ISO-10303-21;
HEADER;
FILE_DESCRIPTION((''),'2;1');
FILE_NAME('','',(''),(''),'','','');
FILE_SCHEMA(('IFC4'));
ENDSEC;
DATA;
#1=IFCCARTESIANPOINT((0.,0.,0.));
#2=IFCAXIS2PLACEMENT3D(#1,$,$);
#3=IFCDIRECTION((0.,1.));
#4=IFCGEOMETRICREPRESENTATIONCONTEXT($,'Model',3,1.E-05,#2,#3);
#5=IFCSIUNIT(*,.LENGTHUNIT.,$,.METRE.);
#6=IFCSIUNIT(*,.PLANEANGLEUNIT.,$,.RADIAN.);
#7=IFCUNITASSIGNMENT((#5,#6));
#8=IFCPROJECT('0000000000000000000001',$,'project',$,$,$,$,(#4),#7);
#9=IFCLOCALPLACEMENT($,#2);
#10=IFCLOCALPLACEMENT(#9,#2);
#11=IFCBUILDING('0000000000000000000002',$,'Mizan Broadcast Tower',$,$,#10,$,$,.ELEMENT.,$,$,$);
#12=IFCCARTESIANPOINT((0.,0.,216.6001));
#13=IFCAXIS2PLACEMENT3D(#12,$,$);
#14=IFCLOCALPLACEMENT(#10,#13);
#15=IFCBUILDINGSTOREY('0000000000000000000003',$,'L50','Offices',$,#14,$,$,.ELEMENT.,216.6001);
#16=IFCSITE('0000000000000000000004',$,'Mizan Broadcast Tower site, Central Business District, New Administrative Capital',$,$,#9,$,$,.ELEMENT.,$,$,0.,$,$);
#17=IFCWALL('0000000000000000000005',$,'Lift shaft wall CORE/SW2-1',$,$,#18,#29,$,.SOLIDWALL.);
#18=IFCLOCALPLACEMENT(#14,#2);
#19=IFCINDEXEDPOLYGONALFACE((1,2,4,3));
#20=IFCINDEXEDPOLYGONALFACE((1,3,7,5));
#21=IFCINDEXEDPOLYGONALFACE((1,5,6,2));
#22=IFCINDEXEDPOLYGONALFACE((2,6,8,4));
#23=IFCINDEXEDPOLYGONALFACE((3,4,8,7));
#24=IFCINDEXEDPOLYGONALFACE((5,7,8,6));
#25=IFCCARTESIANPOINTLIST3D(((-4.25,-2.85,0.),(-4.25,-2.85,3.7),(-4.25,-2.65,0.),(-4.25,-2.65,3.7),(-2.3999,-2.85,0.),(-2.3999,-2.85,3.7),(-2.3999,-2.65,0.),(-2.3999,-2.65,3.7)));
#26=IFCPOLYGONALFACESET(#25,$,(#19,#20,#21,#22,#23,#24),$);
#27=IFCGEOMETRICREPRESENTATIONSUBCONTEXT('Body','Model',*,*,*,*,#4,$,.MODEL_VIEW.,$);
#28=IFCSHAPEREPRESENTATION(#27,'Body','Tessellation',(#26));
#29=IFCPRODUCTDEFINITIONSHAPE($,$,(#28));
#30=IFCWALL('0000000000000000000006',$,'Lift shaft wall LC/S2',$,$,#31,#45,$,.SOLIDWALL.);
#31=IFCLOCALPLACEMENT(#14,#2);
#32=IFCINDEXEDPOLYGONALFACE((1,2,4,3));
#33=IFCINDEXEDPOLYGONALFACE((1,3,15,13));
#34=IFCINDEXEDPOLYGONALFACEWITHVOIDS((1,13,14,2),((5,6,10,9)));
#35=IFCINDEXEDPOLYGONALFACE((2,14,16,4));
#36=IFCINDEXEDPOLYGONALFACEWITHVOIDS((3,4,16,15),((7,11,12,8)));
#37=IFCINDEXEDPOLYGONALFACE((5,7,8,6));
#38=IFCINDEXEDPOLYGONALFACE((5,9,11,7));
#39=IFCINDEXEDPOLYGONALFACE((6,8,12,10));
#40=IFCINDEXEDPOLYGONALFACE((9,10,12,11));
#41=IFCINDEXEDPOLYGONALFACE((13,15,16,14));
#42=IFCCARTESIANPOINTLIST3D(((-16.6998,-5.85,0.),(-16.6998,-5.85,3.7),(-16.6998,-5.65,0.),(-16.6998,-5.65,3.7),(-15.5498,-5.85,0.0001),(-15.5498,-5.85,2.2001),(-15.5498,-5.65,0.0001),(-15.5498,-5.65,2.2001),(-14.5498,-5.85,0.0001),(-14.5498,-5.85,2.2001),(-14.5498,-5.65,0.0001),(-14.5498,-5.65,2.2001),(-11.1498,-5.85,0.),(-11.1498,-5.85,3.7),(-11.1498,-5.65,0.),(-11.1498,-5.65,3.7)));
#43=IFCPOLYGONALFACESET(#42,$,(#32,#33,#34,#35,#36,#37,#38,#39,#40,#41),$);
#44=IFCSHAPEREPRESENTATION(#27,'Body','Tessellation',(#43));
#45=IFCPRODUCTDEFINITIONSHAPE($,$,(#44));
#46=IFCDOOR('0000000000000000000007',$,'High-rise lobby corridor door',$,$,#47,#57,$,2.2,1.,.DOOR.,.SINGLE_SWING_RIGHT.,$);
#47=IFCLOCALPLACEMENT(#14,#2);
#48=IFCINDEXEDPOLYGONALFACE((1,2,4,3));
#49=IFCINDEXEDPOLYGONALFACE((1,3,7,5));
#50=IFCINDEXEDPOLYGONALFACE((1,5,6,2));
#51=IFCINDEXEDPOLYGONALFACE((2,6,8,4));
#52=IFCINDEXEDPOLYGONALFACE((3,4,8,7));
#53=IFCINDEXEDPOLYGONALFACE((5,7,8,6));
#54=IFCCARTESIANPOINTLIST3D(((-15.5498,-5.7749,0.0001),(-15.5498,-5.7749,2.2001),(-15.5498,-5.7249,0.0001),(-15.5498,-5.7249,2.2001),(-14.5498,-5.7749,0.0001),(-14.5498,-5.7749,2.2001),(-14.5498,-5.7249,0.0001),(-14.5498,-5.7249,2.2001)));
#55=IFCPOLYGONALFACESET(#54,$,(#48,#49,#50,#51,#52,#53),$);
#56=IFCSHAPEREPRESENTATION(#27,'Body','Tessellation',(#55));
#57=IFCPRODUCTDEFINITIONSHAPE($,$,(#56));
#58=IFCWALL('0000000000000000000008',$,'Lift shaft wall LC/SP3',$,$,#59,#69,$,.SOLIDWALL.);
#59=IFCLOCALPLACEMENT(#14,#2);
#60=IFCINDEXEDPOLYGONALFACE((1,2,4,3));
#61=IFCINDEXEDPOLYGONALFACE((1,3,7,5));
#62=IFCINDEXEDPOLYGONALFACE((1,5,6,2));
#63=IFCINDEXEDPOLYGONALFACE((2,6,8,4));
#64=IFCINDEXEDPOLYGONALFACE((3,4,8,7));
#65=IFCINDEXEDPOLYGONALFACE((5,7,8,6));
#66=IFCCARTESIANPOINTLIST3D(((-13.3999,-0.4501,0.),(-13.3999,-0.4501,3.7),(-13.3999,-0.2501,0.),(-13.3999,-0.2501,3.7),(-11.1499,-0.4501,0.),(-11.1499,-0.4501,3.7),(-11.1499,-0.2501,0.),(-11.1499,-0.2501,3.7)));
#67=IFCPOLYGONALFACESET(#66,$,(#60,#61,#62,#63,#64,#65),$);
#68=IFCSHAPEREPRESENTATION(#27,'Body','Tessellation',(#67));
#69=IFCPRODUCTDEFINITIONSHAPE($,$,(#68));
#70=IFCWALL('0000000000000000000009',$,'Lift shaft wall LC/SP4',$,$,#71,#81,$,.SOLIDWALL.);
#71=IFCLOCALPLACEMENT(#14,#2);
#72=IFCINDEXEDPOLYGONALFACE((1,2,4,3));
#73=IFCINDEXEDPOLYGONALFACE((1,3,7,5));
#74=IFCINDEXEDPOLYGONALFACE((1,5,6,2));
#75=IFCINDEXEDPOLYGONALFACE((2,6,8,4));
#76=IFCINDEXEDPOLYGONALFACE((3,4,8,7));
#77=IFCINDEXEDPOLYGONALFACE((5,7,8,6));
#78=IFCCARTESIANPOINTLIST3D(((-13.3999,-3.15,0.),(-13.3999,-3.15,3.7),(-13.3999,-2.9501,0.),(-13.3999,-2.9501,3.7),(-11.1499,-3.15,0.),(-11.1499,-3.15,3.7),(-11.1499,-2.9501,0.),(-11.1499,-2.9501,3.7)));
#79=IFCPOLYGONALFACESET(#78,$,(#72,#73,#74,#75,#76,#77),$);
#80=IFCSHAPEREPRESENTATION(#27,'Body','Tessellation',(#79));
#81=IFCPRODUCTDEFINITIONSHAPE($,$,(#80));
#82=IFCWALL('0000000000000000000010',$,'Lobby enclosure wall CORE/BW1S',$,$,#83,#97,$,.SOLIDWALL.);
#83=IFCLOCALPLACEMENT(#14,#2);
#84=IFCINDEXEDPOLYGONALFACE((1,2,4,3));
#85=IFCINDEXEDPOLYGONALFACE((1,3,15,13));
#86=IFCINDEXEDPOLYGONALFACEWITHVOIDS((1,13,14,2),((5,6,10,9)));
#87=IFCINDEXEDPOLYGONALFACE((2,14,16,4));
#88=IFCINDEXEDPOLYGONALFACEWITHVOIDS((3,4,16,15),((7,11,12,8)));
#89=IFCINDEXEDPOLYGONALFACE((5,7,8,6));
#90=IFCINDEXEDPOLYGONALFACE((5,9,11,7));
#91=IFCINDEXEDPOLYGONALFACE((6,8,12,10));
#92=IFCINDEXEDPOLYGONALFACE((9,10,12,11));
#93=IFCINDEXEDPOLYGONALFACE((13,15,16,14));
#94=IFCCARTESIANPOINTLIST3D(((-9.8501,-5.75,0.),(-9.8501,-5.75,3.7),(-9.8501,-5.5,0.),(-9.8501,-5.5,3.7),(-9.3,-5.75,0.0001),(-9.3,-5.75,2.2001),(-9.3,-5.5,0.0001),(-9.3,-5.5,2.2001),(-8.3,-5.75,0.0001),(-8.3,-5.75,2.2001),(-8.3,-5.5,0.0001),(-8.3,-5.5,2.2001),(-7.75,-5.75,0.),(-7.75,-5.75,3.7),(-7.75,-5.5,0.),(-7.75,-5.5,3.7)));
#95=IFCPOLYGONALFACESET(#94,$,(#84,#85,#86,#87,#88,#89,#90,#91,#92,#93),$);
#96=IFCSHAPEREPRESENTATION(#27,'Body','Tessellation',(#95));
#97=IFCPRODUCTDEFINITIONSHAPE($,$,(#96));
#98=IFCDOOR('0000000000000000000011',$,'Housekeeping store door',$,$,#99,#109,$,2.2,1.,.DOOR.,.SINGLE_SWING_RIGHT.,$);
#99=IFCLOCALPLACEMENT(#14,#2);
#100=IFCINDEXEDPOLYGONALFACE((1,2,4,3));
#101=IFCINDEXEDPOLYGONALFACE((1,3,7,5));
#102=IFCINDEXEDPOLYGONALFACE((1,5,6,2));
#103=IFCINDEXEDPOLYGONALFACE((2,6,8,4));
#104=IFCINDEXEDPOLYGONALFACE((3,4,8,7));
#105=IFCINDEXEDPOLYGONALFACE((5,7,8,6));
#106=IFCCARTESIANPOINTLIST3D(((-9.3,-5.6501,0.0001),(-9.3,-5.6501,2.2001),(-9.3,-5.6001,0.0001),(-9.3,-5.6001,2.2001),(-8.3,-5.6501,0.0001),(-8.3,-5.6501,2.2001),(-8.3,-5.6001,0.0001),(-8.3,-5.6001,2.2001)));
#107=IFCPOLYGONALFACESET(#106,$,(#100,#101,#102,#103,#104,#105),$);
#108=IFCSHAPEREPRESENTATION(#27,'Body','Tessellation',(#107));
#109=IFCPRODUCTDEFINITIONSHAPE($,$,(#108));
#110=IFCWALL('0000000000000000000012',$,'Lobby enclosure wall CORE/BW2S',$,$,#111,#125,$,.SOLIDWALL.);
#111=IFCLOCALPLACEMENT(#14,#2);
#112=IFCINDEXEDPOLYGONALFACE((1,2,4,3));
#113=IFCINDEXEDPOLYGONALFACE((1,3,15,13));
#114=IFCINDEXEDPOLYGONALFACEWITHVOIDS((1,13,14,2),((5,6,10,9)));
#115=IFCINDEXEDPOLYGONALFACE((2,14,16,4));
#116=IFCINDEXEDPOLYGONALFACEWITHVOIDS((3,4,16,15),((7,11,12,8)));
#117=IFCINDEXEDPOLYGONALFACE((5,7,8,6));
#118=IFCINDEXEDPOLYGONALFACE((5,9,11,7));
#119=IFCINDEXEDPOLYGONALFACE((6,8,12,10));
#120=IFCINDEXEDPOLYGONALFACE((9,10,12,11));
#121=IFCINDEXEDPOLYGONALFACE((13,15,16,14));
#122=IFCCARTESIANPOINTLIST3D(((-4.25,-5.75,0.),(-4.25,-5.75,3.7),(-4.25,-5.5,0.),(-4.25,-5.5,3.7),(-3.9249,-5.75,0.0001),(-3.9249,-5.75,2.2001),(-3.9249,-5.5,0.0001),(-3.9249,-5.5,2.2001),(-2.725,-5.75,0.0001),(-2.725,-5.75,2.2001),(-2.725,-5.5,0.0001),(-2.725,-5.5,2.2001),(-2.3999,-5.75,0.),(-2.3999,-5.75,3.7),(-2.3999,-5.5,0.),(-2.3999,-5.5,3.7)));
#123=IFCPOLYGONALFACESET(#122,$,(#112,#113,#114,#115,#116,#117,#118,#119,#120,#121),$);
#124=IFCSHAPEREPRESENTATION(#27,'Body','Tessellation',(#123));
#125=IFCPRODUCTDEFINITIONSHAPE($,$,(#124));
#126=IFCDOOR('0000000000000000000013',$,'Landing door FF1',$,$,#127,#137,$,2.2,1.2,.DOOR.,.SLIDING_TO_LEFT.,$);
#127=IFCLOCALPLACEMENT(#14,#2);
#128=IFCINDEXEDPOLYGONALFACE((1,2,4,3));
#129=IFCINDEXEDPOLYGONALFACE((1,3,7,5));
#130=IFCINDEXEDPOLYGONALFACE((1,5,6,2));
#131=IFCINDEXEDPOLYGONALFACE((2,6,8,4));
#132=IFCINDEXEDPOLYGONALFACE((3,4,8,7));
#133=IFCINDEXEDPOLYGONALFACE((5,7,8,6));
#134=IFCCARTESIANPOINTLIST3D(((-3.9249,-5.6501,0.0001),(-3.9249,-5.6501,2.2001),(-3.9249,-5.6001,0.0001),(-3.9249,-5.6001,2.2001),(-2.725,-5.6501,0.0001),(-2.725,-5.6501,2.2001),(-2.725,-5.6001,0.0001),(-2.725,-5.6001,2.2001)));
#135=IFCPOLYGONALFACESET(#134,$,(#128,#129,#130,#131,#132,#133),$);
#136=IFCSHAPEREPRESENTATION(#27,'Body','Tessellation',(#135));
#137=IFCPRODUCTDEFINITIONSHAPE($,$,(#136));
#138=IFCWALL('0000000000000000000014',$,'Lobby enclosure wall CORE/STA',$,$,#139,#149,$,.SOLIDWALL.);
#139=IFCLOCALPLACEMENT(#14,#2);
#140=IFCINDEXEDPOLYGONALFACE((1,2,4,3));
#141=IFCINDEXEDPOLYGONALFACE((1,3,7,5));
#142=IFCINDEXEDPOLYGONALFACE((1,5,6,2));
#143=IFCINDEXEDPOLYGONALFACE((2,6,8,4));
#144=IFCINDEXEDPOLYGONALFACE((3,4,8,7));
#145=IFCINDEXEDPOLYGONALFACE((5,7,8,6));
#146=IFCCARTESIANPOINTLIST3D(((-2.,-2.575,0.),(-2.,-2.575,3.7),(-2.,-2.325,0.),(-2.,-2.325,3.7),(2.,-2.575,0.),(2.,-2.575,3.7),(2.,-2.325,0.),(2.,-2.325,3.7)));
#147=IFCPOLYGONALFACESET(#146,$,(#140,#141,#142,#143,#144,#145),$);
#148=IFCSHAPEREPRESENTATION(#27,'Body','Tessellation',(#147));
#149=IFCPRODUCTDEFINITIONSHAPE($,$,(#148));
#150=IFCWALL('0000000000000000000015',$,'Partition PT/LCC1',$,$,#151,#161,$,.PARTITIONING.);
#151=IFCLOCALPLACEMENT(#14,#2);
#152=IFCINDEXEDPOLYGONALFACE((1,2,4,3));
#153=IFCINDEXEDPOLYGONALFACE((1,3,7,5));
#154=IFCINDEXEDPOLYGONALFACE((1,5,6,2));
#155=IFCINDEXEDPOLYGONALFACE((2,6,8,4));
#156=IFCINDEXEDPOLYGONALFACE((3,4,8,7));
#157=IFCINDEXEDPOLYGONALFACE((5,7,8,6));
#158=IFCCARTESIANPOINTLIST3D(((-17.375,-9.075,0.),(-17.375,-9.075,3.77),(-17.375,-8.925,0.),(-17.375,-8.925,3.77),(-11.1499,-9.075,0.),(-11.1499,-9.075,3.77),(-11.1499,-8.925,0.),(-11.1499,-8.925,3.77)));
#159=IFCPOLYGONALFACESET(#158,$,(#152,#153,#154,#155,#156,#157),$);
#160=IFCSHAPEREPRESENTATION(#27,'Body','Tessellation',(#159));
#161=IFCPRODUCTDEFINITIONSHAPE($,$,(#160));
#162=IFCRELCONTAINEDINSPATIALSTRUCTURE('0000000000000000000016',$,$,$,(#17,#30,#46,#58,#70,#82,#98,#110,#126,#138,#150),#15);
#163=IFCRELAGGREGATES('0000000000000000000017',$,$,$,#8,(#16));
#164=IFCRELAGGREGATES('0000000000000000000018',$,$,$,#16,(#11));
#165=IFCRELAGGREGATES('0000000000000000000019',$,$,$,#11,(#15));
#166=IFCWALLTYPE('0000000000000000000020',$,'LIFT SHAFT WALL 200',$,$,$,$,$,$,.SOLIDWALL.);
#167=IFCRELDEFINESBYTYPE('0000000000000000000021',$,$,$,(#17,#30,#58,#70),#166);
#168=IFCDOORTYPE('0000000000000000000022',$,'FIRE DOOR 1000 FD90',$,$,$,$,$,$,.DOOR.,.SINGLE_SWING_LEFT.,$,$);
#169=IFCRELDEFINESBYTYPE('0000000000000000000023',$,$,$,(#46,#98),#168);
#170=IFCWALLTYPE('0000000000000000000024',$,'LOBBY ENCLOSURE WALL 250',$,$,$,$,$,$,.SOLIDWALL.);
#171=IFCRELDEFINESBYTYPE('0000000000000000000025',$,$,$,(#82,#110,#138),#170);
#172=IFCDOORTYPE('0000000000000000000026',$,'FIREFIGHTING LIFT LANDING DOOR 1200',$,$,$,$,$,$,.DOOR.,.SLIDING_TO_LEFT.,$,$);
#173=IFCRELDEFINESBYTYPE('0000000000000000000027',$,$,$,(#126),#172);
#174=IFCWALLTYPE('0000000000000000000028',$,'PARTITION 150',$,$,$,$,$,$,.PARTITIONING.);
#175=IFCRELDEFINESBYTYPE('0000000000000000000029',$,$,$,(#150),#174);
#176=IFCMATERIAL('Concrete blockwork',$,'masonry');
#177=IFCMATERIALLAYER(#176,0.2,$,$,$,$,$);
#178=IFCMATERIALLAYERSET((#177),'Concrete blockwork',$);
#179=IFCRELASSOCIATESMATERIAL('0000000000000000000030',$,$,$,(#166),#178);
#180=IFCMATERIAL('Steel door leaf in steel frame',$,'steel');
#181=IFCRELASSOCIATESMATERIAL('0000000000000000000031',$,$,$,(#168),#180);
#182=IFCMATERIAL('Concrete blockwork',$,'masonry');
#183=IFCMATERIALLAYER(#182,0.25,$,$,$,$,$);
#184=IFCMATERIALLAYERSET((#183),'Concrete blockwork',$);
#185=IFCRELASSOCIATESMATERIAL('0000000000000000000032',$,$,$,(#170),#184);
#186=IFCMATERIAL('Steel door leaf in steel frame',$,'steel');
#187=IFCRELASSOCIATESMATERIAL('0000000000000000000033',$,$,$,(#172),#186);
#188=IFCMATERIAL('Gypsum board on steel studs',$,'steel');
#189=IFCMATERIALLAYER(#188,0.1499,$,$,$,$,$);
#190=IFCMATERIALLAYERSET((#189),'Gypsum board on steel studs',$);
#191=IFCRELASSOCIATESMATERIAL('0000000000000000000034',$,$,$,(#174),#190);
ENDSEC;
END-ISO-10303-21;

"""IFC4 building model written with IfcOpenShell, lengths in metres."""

from ifc_helpers import new_model, si_unit, direction, frame, frame_2d, origin, place, context, subcontext, project, spatial, rectangle, extrude, material, layer, layer_set, type_object, element, fill, save


model = new_model("IFC4")

# Units and contexts
model_context = context("Model", 3, precision=1e-05, world=origin(), true_north=direction((0.0, 1.0)))
body_context = subcontext(model_context, "Body", "Model", "MODEL_VIEW")
ifc_project = project(units=[si_unit("LENGTHUNIT", "METRE"), si_unit("PLANEANGLEUNIT", "RADIAN")], contexts=[model_context])

# Site, building, storey
site_placement = place(None, origin())
site = spatial("IfcSite", under=ifc_project, at=site_placement, Name="Mizan Broadcast Tower site, Central Business District, New Administrative Capital", CompositionType="ELEMENT", RefElevation=0.0)
building_placement = place(site_placement, origin())
building = spatial("IfcBuilding", under=site, at=building_placement, Name="Mizan Broadcast Tower", CompositionType="ELEMENT")
storey_placement = place(building_placement, frame((0.0, 0.0, 216.6001)))
storey = spatial("IfcBuildingStorey", under=building, at=storey_placement, Name="L50", Description="Offices", CompositionType="ELEMENT", Elevation=216.6001)

# Wall
ifc_material_1 = material(Name="Concrete blockwork", Category="masonry")
ifc_layer_1 = layer(ifc_material_1, 0.2)
ifc_layer_set_1 = layer_set([ifc_layer_1], Name="Concrete blockwork")
wall_type_1 = type_object("IfcWallType", Name="LIFT SHAFT WALL 200", PredefinedType="SOLIDWALL", material=ifc_layer_set_1)
wall_1_placement = place(storey_placement, frame((-4.25, -2.75, 0.0), z_axis=(0.0, 0.0, 1.0), x_axis=(1.0, 0.0, 0.0)))
element("IfcWall", 1, at=wall_1_placement, inside=storey, type_object=wall_type_1, Name="Lift shaft wall CORE/SW2-1", PredefinedType="SOLIDWALL", context=body_context, shape_type="SweptSolid", body=[
    extrude(rectangle(XDim=1.8501, YDim=0.2, at=frame_2d((0.925, 0.0))), origin(), (0.0, 0.0, 1.0), 3.7),
])

# Wall, opening, door
wall_2_placement = place(storey_placement, frame((-11.1499, -5.75, 0.0), z_axis=(0.0, 0.0, 1.0), x_axis=(-1.0, 0.0, 0.0)))
wall_2 = element("IfcWall", 2, at=wall_2_placement, inside=storey, type_object=wall_type_1, Name="Lift shaft wall LC/S2", PredefinedType="SOLIDWALL", context=body_context, shape_type="SweptSolid", body=[
    extrude(rectangle(XDim=5.55, YDim=0.2, at=frame_2d((2.7749, 0.0))), origin(), (0.0, 0.0, 1.0), 3.7),
])
opening_1_placement = place(wall_2_placement, frame((3.3999, 0.0, 0.0)))
opening_1 = element("IfcOpeningElement", 3, at=opening_1_placement, cuts=wall_2, PredefinedType="OPENING", context=body_context, shape_type="SweptSolid", body=[
    extrude(rectangle(XDim=1.0, YDim=2.2, at=frame_2d((0.5, 1.1001))), frame((0.0, 0.1099, 0.0), z_axis=(0.0, -1.0, 0.0), x_axis=(1.0, 0.0, 0.0)), (0.0, 0.0, 1.0), 0.22),
])
ifc_material_2 = material(Name="Steel door leaf in steel frame", Category="steel")
door_type_1 = type_object("IfcDoorType", Name="FIRE DOOR 1000 FD90", OperationType="SINGLE_SWING_LEFT", PredefinedType="DOOR", material=ifc_material_2)
door_1_placement = place(opening_1_placement, origin())
door_1 = element("IfcDoor", 4, at=door_1_placement, inside=storey, type_object=door_type_1, Name="High-rise lobby corridor door", OperationType="SINGLE_SWING_RIGHT", OverallHeight=2.2, OverallWidth=1.0, PredefinedType="DOOR", context=body_context, shape_type="SweptSolid", body=[
    extrude(rectangle(XDim=1.0, YDim=2.2, at=frame_2d((0.5, 1.1001))), frame((0.0, 0.0249, 0.0), z_axis=(0.0, -1.0, 0.0), x_axis=(1.0, 0.0, 0.0)), (0.0, 0.0, 1.0), 0.05),
])
fill(opening_1, door_1)

# Walls
for number, where, z_axis, x_axis, name in (
    (5, (-11.1499, -0.3501, 0.0), (0.0, 0.0, 1.0), (-1.0, 0.0, 0.0), "Lift shaft wall LC/SP3"),
    (6, (-11.1499, -3.05, 0.0), (0.0, 0.0, 1.0), (-1.0, 0.0, 0.0), "Lift shaft wall LC/SP4"),
):
    element("IfcWall", number, at=place(storey_placement, frame(where, z_axis=z_axis, x_axis=x_axis)), inside=storey, type_object=wall_type_1, Name=name, PredefinedType="SOLIDWALL", context=body_context, shape_type="SweptSolid", body=[
        extrude(rectangle(XDim=2.25, YDim=0.2, at=frame_2d((1.125, 0.0))), origin(), (0.0, 0.0, 1.0), 3.7),
    ])

# Walls, openings, doors
ifc_material_3 = material(Name="Concrete blockwork", Category="masonry")
ifc_layer_2 = layer(ifc_material_3, 0.25)
ifc_layer_set_2 = layer_set([ifc_layer_2], Name="Concrete blockwork")
wall_type_2 = type_object("IfcWallType", Name="LOBBY ENCLOSURE WALL 250", PredefinedType="SOLIDWALL", material=ifc_layer_set_2)
wall_3_placement = place(storey_placement, frame((-9.8501, -5.625, 0.0), z_axis=(0.0, 0.0, 1.0), x_axis=(1.0, 0.0, 0.0)))
wall_3 = element("IfcWall", 7, at=wall_3_placement, inside=storey, type_object=wall_type_2, Name="Lobby enclosure wall CORE/BW1S", PredefinedType="SOLIDWALL", context=body_context, shape_type="SweptSolid", body=[
    extrude(rectangle(XDim=2.1001, YDim=0.25, at=frame_2d((1.05, 0.0))), origin(), (0.0, 0.0, 1.0), 3.7),
])
opening_2_placement = place(wall_3_placement, frame((0.55, 0.0, 0.0)))
opening_2 = element("IfcOpeningElement", 8, at=opening_2_placement, cuts=wall_3, PredefinedType="OPENING", context=body_context, shape_type="SweptSolid", body=[
    extrude(rectangle(XDim=1.0, YDim=2.2, at=frame_2d((0.5, 1.1001))), frame((0.0, 0.135, 0.0), z_axis=(0.0, -1.0, 0.0), x_axis=(1.0, 0.0, 0.0)), (0.0, 0.0, 1.0), 0.27),
])
door_2_placement = place(opening_2_placement, origin())
door_2 = element("IfcDoor", 9, at=door_2_placement, inside=storey, type_object=door_type_1, Name="Housekeeping store door", OperationType="SINGLE_SWING_RIGHT", OverallHeight=2.2, OverallWidth=1.0, PredefinedType="DOOR", context=body_context, shape_type="SweptSolid", body=[
    extrude(rectangle(XDim=1.0, YDim=2.2, at=frame_2d((0.5, 1.1001))), frame((0.0, 0.0249, 0.0), z_axis=(0.0, -1.0, 0.0), x_axis=(1.0, 0.0, 0.0)), (0.0, 0.0, 1.0), 0.05),
])
fill(opening_2, door_2)
wall_4_placement = place(storey_placement, frame((-4.25, -5.625, 0.0), z_axis=(0.0, 0.0, 1.0), x_axis=(1.0, 0.0, 0.0)))
wall_4 = element("IfcWall", 10, at=wall_4_placement, inside=storey, type_object=wall_type_2, Name="Lobby enclosure wall CORE/BW2S", PredefinedType="SOLIDWALL", context=body_context, shape_type="SweptSolid", body=[
    extrude(rectangle(XDim=1.8501, YDim=0.25, at=frame_2d((0.925, 0.0))), origin(), (0.0, 0.0, 1.0), 3.7),
])
opening_3_placement = place(wall_4_placement, frame((0.325, 0.0, 0.0)))
opening_3 = element("IfcOpeningElement", 11, at=opening_3_placement, cuts=wall_4, PredefinedType="OPENING", context=body_context, shape_type="SweptSolid", body=[
    extrude(rectangle(XDim=1.2, YDim=2.2, at=frame_2d((0.6001, 1.1001))), frame((0.0, 0.135, 0.0), z_axis=(0.0, -1.0, 0.0), x_axis=(1.0, 0.0, 0.0)), (0.0, 0.0, 1.0), 0.27),
])
ifc_material_4 = material(Name="Steel door leaf in steel frame", Category="steel")
door_type_2 = type_object("IfcDoorType", Name="FIREFIGHTING LIFT LANDING DOOR 1200", OperationType="SLIDING_TO_LEFT", PredefinedType="DOOR", material=ifc_material_4)
door_3_placement = place(opening_3_placement, origin())
door_3 = element("IfcDoor", 12, at=door_3_placement, inside=storey, type_object=door_type_2, Name="Landing door FF1", OperationType="SLIDING_TO_LEFT", OverallHeight=2.2, OverallWidth=1.2, PredefinedType="DOOR", context=body_context, shape_type="SweptSolid", body=[
    extrude(rectangle(XDim=1.2, YDim=2.2, at=frame_2d((0.6001, 1.1001))), frame((0.0, 0.0249, 0.0), z_axis=(0.0, -1.0, 0.0), x_axis=(1.0, 0.0, 0.0)), (0.0, 0.0, 1.0), 0.05),
])
fill(opening_3, door_3)

# Walls
wall_5_placement = place(storey_placement, frame((-2.0, -2.45, 0.0), z_axis=(0.0, 0.0, 1.0), x_axis=(1.0, 0.0, 0.0)))
element("IfcWall", 13, at=wall_5_placement, inside=storey, type_object=wall_type_2, Name="Lobby enclosure wall CORE/STA", PredefinedType="SOLIDWALL", context=body_context, shape_type="SweptSolid", body=[
    extrude(rectangle(XDim=4.0, YDim=0.25, at=frame_2d((2.0, 0.0))), origin(), (0.0, 0.0, 1.0), 3.7),
])
ifc_material_5 = material(Name="Gypsum board on steel studs", Category="steel")
ifc_layer_3 = layer(ifc_material_5, 0.1499)
ifc_layer_set_3 = layer_set([ifc_layer_3], Name="Gypsum board on steel studs")
wall_type_3 = type_object("IfcWallType", Name="PARTITION 150", PredefinedType="PARTITIONING", material=ifc_layer_set_3)
wall_6_placement = place(storey_placement, frame((-11.1499, -9.0, 0.0), z_axis=(0.0, 0.0, 1.0), x_axis=(-1.0, 0.0, 0.0)))
element("IfcWall", 14, at=wall_6_placement, inside=storey, type_object=wall_type_3, Name="Partition PT/LCC1", PredefinedType="PARTITIONING", context=body_context, shape_type="SweptSolid", body=[
    extrude(rectangle(XDim=6.2251, YDim=0.1499, at=frame_2d((3.1125, 0.0))), origin(), (0.0, 0.0, 1.0), 3.77),
])

save(model, "model.ifc")
